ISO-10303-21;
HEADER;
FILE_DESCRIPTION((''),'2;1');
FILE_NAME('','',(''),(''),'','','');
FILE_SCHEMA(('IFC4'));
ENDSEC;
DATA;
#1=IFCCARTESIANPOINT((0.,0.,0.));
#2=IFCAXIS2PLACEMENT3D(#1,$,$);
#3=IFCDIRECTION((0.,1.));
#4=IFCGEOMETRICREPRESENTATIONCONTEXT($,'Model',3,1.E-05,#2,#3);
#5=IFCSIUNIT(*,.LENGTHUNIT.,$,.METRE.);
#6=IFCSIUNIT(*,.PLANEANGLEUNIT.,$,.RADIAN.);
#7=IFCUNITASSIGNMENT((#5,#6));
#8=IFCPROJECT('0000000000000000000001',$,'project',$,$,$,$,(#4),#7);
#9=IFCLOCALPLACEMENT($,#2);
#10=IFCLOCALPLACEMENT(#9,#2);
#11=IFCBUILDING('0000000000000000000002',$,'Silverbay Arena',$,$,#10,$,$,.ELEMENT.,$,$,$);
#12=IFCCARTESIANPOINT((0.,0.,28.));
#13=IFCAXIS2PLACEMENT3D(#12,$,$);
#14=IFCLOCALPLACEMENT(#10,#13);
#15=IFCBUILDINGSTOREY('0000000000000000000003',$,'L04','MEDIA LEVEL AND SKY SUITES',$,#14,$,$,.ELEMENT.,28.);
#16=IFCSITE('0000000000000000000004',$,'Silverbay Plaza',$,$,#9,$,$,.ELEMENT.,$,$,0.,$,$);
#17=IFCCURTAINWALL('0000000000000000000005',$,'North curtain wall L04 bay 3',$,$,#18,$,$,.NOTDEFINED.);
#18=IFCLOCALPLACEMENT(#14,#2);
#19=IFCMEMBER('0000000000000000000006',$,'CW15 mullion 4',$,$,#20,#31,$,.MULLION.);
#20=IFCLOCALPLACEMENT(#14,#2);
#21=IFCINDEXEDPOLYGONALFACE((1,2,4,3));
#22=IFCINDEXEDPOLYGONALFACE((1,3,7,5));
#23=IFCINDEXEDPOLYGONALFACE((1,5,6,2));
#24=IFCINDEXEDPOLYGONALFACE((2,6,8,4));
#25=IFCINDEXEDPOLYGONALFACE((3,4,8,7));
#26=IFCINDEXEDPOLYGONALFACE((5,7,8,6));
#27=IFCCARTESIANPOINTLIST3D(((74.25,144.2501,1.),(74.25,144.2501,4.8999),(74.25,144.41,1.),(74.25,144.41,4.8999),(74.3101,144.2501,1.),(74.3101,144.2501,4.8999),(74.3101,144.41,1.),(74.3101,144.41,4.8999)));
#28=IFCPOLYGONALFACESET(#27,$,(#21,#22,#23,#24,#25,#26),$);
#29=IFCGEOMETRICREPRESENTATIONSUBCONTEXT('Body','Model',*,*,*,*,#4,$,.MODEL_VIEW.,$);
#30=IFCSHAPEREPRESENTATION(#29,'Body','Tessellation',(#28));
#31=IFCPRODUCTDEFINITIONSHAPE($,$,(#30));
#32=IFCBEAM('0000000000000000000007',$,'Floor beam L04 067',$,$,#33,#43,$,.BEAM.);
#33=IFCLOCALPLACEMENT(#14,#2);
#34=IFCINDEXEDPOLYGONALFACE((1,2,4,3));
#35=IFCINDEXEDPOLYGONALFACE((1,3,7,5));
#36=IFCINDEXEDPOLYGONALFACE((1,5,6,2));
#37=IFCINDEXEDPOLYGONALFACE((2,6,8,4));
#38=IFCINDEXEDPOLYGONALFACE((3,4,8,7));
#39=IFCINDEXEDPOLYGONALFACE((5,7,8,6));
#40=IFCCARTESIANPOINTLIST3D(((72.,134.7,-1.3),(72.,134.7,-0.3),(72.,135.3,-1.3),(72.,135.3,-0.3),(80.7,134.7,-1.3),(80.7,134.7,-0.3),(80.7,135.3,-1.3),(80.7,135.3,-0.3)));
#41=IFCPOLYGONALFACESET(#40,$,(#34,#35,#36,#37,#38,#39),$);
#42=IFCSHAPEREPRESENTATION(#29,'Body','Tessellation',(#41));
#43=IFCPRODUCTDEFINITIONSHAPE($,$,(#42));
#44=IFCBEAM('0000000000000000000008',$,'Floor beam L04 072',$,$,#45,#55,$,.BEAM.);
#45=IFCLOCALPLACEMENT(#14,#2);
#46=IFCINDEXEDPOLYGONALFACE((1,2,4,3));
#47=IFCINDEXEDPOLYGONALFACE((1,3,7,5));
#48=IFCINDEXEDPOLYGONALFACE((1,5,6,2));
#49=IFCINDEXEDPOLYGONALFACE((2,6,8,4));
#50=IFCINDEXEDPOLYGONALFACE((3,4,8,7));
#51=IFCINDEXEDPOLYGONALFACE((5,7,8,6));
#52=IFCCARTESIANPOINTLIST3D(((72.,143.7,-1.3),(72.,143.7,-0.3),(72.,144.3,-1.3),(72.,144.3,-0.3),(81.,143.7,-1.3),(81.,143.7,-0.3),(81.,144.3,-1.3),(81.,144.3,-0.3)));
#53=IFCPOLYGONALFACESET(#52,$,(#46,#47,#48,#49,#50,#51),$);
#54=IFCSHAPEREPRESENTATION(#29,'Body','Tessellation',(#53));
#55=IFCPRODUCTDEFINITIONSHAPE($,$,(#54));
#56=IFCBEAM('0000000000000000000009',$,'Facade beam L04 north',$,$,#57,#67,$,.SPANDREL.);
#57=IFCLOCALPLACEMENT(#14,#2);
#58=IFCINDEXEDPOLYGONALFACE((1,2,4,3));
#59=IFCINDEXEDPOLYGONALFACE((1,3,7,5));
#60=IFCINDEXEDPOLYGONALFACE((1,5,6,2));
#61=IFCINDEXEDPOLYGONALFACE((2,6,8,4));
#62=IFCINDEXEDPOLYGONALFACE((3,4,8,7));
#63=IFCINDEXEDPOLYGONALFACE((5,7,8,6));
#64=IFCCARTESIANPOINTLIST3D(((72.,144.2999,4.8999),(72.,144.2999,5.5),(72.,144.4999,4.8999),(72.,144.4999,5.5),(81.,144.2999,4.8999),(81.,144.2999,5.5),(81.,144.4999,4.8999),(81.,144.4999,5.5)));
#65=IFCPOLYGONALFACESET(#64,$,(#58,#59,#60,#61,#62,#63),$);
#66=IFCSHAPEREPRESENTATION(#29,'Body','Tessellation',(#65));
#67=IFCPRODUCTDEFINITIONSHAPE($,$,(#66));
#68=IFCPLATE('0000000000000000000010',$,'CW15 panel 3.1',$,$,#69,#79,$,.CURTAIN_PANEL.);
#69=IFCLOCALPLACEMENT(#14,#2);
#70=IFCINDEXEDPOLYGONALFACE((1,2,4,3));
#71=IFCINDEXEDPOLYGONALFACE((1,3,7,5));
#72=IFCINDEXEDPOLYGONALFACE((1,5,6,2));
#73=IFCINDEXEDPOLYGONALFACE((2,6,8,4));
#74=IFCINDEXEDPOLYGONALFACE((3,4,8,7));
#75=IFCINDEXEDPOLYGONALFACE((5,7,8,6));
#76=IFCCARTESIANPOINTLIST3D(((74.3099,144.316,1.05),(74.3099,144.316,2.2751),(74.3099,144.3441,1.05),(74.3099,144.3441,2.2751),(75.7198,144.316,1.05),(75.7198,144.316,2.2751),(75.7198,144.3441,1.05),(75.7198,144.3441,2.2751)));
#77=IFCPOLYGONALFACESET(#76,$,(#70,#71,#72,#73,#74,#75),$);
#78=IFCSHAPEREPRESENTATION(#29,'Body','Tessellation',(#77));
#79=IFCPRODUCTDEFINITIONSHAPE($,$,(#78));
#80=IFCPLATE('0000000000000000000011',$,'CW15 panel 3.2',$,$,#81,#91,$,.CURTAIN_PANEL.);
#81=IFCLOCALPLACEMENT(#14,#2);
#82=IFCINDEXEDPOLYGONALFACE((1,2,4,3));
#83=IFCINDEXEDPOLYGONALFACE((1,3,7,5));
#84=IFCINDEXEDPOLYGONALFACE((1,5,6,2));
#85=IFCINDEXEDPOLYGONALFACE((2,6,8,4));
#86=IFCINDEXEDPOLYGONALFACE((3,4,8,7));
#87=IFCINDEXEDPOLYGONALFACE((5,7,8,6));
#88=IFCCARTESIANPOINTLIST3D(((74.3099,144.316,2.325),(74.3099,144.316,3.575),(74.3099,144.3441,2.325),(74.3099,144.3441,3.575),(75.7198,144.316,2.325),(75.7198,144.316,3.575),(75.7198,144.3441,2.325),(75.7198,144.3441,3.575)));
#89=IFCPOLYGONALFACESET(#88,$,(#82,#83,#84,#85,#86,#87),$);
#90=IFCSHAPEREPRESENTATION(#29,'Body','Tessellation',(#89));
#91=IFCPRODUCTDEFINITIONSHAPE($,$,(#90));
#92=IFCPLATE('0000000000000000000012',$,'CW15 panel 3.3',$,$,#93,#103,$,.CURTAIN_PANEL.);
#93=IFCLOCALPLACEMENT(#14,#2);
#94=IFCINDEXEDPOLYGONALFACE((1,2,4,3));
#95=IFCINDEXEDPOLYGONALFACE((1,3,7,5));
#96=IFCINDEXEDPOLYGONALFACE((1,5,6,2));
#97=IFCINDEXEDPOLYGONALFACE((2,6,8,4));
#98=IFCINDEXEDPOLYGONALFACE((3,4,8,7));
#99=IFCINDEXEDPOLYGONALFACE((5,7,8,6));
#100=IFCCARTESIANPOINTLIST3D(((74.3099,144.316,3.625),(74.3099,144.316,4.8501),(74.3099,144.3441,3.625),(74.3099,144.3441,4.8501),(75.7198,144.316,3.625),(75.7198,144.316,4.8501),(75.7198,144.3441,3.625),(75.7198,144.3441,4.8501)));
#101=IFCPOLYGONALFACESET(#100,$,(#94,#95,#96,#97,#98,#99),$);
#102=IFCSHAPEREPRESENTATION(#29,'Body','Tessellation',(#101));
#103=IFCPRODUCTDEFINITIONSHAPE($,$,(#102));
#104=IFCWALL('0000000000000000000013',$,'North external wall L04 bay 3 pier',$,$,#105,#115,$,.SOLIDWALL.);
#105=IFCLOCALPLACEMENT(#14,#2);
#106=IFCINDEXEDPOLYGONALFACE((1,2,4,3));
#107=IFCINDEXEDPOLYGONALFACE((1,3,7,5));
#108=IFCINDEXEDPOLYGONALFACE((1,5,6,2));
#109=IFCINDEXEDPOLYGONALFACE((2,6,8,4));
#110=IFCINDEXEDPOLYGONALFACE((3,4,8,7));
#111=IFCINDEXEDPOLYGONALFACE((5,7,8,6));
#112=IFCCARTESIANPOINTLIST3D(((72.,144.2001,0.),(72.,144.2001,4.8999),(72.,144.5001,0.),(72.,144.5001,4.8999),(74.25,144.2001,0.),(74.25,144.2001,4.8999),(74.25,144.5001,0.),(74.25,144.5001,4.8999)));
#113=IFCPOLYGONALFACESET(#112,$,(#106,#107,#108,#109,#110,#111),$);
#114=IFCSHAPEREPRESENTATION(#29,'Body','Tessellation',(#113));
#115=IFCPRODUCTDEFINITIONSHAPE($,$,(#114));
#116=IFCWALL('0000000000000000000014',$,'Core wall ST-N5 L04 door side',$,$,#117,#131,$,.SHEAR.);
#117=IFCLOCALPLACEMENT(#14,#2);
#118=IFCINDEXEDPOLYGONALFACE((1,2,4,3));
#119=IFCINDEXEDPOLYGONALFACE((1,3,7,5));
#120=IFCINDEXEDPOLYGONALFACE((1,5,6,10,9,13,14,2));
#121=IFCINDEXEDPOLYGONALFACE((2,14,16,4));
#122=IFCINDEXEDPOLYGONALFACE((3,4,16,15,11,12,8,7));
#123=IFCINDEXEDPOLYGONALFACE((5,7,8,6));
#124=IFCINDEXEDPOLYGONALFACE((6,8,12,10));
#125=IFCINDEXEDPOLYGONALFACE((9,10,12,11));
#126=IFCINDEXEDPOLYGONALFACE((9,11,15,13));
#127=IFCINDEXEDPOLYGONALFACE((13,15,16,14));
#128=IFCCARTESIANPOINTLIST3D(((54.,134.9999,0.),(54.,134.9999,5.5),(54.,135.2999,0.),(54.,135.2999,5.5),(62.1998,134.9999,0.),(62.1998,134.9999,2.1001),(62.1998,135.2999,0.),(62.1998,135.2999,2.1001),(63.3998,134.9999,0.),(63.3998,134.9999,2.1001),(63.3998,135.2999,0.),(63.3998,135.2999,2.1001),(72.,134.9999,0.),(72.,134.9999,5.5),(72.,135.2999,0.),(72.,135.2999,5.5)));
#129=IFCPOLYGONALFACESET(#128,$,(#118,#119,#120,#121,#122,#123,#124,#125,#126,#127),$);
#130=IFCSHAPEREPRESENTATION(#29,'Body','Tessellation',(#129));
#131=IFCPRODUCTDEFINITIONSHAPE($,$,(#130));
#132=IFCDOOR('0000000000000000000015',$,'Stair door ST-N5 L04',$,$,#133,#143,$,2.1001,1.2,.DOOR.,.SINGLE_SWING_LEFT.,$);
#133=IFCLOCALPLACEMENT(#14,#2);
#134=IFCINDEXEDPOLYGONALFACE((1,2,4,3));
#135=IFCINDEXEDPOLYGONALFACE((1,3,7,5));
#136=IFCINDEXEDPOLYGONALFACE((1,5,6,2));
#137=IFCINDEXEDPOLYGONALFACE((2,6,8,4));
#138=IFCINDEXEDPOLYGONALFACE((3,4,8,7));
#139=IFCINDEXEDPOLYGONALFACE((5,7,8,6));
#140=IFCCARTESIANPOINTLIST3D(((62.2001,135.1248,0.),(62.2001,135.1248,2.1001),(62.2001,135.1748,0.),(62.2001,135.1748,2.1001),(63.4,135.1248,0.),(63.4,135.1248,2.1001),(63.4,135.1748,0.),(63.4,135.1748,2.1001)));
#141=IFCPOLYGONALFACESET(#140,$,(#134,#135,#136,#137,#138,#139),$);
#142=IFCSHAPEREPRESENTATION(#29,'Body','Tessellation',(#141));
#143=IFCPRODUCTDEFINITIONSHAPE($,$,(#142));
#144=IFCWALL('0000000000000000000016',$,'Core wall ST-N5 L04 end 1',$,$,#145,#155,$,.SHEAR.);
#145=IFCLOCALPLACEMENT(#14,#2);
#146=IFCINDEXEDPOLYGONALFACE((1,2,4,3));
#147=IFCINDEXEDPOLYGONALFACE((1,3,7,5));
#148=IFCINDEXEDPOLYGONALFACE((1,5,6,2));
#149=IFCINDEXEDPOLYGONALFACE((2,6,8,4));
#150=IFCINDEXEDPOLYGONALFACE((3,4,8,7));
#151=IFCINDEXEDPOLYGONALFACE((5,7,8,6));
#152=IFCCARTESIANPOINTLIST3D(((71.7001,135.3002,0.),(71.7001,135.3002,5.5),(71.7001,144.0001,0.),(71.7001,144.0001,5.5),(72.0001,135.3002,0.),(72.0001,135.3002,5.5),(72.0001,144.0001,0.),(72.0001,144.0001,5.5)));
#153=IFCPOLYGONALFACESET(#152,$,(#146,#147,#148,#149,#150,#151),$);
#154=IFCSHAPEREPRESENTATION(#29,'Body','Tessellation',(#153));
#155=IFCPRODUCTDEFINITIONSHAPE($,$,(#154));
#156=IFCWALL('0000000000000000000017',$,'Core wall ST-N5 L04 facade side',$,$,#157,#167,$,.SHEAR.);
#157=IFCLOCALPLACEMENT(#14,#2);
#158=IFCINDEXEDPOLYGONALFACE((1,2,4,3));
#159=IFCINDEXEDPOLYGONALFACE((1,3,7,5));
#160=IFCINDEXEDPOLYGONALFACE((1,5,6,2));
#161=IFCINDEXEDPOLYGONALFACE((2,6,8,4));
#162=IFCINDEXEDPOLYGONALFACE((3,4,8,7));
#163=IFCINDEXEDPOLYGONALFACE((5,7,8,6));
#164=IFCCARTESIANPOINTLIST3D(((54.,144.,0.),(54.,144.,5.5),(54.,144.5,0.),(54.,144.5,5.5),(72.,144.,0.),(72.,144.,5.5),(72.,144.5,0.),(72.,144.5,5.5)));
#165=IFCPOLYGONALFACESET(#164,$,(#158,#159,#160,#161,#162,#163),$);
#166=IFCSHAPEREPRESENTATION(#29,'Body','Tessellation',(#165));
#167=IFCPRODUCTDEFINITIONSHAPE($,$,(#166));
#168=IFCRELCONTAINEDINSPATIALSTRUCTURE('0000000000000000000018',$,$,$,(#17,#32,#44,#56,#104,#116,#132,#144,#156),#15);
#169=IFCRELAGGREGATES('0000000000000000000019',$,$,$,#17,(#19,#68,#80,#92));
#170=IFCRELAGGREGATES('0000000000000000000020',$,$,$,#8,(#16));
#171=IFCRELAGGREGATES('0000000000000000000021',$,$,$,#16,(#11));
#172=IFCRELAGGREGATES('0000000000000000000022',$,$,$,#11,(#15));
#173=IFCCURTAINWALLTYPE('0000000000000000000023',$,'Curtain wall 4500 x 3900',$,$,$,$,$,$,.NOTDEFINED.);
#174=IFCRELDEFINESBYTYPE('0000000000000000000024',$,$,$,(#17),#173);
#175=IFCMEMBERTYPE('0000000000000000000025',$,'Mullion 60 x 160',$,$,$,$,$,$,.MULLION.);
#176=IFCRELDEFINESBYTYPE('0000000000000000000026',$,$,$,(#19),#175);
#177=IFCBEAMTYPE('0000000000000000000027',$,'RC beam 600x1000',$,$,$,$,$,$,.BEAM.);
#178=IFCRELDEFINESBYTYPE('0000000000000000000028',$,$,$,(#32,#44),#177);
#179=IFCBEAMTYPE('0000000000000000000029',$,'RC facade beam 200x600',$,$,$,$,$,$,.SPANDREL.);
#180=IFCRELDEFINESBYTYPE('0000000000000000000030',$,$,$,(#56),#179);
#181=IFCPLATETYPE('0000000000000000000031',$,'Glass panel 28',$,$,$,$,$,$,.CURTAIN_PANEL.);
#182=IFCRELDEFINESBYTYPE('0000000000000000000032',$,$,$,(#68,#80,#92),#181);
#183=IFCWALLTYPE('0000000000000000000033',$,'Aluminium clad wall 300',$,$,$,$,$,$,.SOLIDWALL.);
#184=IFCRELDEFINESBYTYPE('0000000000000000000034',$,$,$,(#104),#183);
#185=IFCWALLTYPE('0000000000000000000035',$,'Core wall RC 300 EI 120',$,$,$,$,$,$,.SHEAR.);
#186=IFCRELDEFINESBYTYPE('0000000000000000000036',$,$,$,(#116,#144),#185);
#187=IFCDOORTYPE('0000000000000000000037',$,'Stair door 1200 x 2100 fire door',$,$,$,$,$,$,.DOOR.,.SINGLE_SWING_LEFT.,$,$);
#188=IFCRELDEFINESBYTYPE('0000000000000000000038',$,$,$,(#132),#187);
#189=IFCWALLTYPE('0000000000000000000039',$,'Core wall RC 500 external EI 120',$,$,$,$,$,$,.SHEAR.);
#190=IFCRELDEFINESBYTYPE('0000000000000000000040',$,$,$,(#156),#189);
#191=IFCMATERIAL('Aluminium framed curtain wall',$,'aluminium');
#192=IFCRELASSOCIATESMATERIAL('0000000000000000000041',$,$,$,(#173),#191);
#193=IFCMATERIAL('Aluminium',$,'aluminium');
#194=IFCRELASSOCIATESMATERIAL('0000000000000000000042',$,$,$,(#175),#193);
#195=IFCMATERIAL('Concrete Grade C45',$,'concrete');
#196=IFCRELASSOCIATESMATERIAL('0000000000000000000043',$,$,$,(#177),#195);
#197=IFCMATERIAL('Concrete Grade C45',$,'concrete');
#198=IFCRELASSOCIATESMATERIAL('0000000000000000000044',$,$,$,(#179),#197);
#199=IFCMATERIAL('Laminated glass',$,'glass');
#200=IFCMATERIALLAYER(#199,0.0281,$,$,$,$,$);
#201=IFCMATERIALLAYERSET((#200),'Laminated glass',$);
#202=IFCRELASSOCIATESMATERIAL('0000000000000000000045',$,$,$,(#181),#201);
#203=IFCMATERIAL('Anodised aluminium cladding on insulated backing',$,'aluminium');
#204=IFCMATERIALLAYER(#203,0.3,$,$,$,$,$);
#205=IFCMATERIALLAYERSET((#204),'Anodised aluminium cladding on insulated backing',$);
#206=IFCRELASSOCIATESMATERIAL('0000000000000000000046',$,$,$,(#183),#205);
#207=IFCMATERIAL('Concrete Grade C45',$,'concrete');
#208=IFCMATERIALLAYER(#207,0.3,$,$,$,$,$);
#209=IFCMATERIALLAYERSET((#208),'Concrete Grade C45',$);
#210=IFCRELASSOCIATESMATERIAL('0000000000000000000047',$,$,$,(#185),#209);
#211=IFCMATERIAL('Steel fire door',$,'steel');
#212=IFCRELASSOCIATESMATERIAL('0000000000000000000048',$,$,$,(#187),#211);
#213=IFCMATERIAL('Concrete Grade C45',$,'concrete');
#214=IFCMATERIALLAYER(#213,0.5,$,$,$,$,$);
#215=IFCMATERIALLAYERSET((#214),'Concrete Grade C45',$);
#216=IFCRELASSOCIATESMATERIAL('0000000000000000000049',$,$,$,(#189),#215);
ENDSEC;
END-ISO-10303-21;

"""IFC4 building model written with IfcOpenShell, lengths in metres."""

from ifc_helpers import new_model, si_unit, direction, frame, frame_2d, origin, origin_2d, place, context, subcontext, project, spatial, rectangle, extrude, material, layer, layer_set, material_profile, profile_set, type_object, element, fill, aggregate, save


model = new_model("IFC4")

# Units and contexts
model_context = context("Model", 3, precision=1e-05, world=origin(), true_north=direction((0.0, 1.0)))
body_context = subcontext(model_context, "Body", "Model", "MODEL_VIEW")
ifc_project = project(units=[si_unit("LENGTHUNIT", "METRE"), si_unit("PLANEANGLEUNIT", "RADIAN")], contexts=[model_context])

# Site, building, storey
site_placement = place(None, origin())
site = spatial("IfcSite", under=ifc_project, at=site_placement, Name="Silverbay Plaza", CompositionType="ELEMENT", RefElevation=0.0)
building_placement = place(site_placement, origin())
building = spatial("IfcBuilding", under=site, at=building_placement, Name="Silverbay Arena", CompositionType="ELEMENT")
storey_placement = place(building_placement, frame((0.0, 0.0, 28.0)))
storey = spatial("IfcBuildingStorey", under=building, at=storey_placement, Name="L04", Description="MEDIA LEVEL AND SKY SUITES", CompositionType="ELEMENT", Elevation=28.0)

# Curtain wall, member
ifc_material_1 = material(Name="Aluminium framed curtain wall", Category="aluminium")
curtain_wall_type = type_object("IfcCurtainWallType", Name="Curtain wall 4500 x 3900", PredefinedType="NOTDEFINED", material=ifc_material_1)
curtain_wall_placement = place(storey_placement, origin())
curtain_wall = element("IfcCurtainWall", 1, at=curtain_wall_placement, inside=storey, type_object=curtain_wall_type, Name="North curtain wall L04 bay 3", PredefinedType="NOTDEFINED")
ifc_material_2 = material(Name="Aluminium", Category="aluminium")
ifc_material_profile_1 = material_profile(ifc_material_2, rectangle(XDim=0.1599, YDim=0.0601, at=origin_2d()), Name="Mullion 60 x 160")
ifc_profile_set_1 = profile_set([ifc_material_profile_1], Name="Aluminium")
member_type = type_object("IfcMemberType", Name="Mullion 60 x 160", PredefinedType="MULLION", material=ifc_profile_set_1)
member_placement = place(storey_placement, frame((74.28, 144.3301, 1.0), z_axis=(0.0, 0.0, 1.0), x_axis=(0.0, -1.0, 0.0)))
member = element("IfcMember", 2, at=member_placement, type_object=member_type, Name="CW15 mullion 4", PredefinedType="MULLION", context=body_context, shape_type="SweptSolid", body=[
    extrude(rectangle(XDim=0.1599, YDim=0.0601, at=origin_2d()), origin(), (0.0, 0.0, 1.0), 3.8999),
])

# Beams
ifc_material_3 = material(Name="Concrete Grade C45", Category="concrete")
ifc_material_profile_2 = material_profile(ifc_material_3, rectangle(XDim=0.6001, YDim=1.0, at=origin_2d()), Name="RC 600x1000")
ifc_profile_set_2 = profile_set([ifc_material_profile_2], Name="Concrete Grade C45")
beam_type_1 = type_object("IfcBeamType", Name="RC beam 600x1000", PredefinedType="BEAM", material=ifc_profile_set_2)
beam_1_placement = place(storey_placement, frame((72.0, 135.0, -0.8), z_axis=(1.0, 0.0, 0.0), x_axis=(0.0, 1.0, 0.0)))
element("IfcBeam", 3, at=beam_1_placement, inside=storey, type_object=beam_type_1, Name="Floor beam L04 067", PredefinedType="BEAM", context=body_context, shape_type="SweptSolid", body=[
    extrude(rectangle(XDim=0.6001, YDim=1.0, at=origin_2d()), origin(), (0.0, 0.0, 1.0), 8.7),
])
beam_2_placement = place(storey_placement, frame((72.0, 144.0, -0.8), z_axis=(1.0, 0.0, 0.0), x_axis=(0.0, 1.0, 0.0)))
element("IfcBeam", 4, at=beam_2_placement, inside=storey, type_object=beam_type_1, Name="Floor beam L04 072", PredefinedType="BEAM", context=body_context, shape_type="SweptSolid", body=[
    extrude(rectangle(XDim=0.6001, YDim=1.0, at=origin_2d()), origin(), (0.0, 0.0, 1.0), 9.0),
])
ifc_material_4 = material(Name="Concrete Grade C45", Category="concrete")
ifc_material_profile_3 = material_profile(ifc_material_4, rectangle(XDim=0.2, YDim=0.6001, at=origin_2d()), Name="RC 200x600")
ifc_profile_set_3 = profile_set([ifc_material_profile_3], Name="Concrete Grade C45")
beam_type_2 = type_object("IfcBeamType", Name="RC facade beam 200x600", PredefinedType="SPANDREL", material=ifc_profile_set_3)
beam_3_placement = place(storey_placement, frame((72.0, 144.3999, 5.2), z_axis=(1.0, 0.0, 0.0), x_axis=(0.0, 1.0, 0.0)))
element("IfcBeam", 5, at=beam_3_placement, inside=storey, type_object=beam_type_2, Name="Facade beam L04 north", PredefinedType="SPANDREL", context=body_context, shape_type="SweptSolid", body=[
    extrude(rectangle(XDim=0.2, YDim=0.6001, at=origin_2d()), origin(), (0.0, 0.0, 1.0), 9.0),
])

# Plates
ifc_material_5 = material(Name="Laminated glass", Category="glass")
ifc_layer_1 = layer(ifc_material_5, 0.0281)
ifc_layer_set_1 = layer_set([ifc_layer_1], Name="Laminated glass")
plate_type = type_object("IfcPlateType", Name="Glass panel 28", PredefinedType="CURTAIN_PANEL", material=ifc_layer_set_1)
plate_1_placement = place(storey_placement, frame((75.0149, 144.3301, 1.05), z_axis=(0.0, 0.0, 1.0), x_axis=(-1.0, 0.0, 0.0)))
plate_1 = element("IfcPlate", 6, at=plate_1_placement, type_object=plate_type, Name="CW15 panel 3.1", PredefinedType="CURTAIN_PANEL", context=body_context, shape_type="SweptSolid", body=[
    extrude(rectangle(XDim=1.4099, YDim=0.0281, at=origin_2d()), origin(), (0.0, 0.0, 1.0), 1.2251),
])
plate_2_placement = place(storey_placement, frame((75.0149, 144.3301, 2.325), z_axis=(0.0, 0.0, 1.0), x_axis=(-1.0, 0.0, 0.0)))
plate_2 = element("IfcPlate", 7, at=plate_2_placement, type_object=plate_type, Name="CW15 panel 3.2", PredefinedType="CURTAIN_PANEL", context=body_context, shape_type="SweptSolid", body=[
    extrude(rectangle(XDim=1.4099, YDim=0.0281, at=origin_2d()), origin(), (0.0, 0.0, 1.0), 1.25),
])
plate_3_placement = place(storey_placement, frame((75.0149, 144.3301, 3.625), z_axis=(0.0, 0.0, 1.0), x_axis=(-1.0, 0.0, 0.0)))
plate_3 = element("IfcPlate", 8, at=plate_3_placement, type_object=plate_type, Name="CW15 panel 3.3", PredefinedType="CURTAIN_PANEL", context=body_context, shape_type="SweptSolid", body=[
    extrude(rectangle(XDim=1.4099, YDim=0.0281, at=origin_2d()), origin(), (0.0, 0.0, 1.0), 1.2251),
])
aggregate(curtain_wall, [member, plate_1, plate_2, plate_3])

# Wall
ifc_material_6 = material(Name="Anodised aluminium cladding on insulated backing", Category="aluminium")
ifc_layer_2 = layer(ifc_material_6, 0.3)
ifc_layer_set_2 = layer_set([ifc_layer_2], Name="Anodised aluminium cladding on insulated backing")
wall_type_1 = type_object("IfcWallType", Name="Aluminium clad wall 300", PredefinedType="SOLIDWALL", material=ifc_layer_set_2)
wall_1_placement = place(storey_placement, frame((74.25, 144.3501, 0.0), z_axis=(0.0, 0.0, 1.0), x_axis=(-1.0, 0.0, 0.0)))
element("IfcWall", 9, at=wall_1_placement, inside=storey, type_object=wall_type_1, Name="North external wall L04 bay 3 pier", PredefinedType="SOLIDWALL", context=body_context, shape_type="SweptSolid", body=[
    extrude(rectangle(XDim=2.25, YDim=0.3, at=frame_2d((1.125, 0.0))), origin(), (0.0, 0.0, 1.0), 4.8999),
])

# Wall, opening, door
ifc_material_7 = material(Name="Concrete Grade C45", Category="concrete")
ifc_layer_3 = layer(ifc_material_7, 0.3)
ifc_layer_set_3 = layer_set([ifc_layer_3], Name="Concrete Grade C45")
wall_type_2 = type_object("IfcWallType", Name="Core wall RC 300 EI 120", PredefinedType="SHEAR", material=ifc_layer_set_3)
wall_2_placement = place(storey_placement, frame((72.0, 135.1499, 0.0), z_axis=(0.0, 0.0, 1.0), x_axis=(-1.0, 0.0, 0.0)))
wall_2 = element("IfcWall", 10, at=wall_2_placement, inside=storey, type_object=wall_type_2, Name="Core wall ST-N5 L04 door side", PredefinedType="SHEAR", context=body_context, shape_type="SweptSolid", body=[
    extrude(rectangle(XDim=18.0, YDim=0.3, at=frame_2d((9.0, 0.0))), origin(), (0.0, 0.0, 1.0), 5.5),
])
opening_1_placement = place(wall_2_placement, frame((8.6001, 0.0, 0.0)))
opening_1 = element("IfcOpeningElement", 11, at=opening_1_placement, cuts=wall_2, PredefinedType="OPENING", context=body_context, shape_type="SweptSolid", body=[
    extrude(rectangle(XDim=1.2, YDim=2.1001, at=frame_2d((0.6001, 1.05))), frame((0.0, 0.1602, 0.0), z_axis=(0.0, -1.0, 0.0), x_axis=(1.0, 0.0, 0.0)), (0.0, 0.0, 1.0), 0.3201),
])
ifc_material_8 = material(Name="Steel fire door", Category="steel")
door_type_1 = type_object("IfcDoorType", Name="Stair door 1200 x 2100 fire door", OperationType="SINGLE_SWING_LEFT", PredefinedType="DOOR", material=ifc_material_8)
door_1_placement = place(opening_1_placement, frame((1.2, 0.0, 0.0), z_axis=(0.0, 0.0, 1.0), x_axis=(-1.0, 0.0, 0.0)))
door_1 = element("IfcDoor", 12, at=door_1_placement, inside=storey, type_object=door_type_1, Name="Stair door ST-N5 L04", OperationType="SINGLE_SWING_LEFT", OverallHeight=2.1001, OverallWidth=1.2, PredefinedType="DOOR", context=body_context, shape_type="SweptSolid", body=[
    extrude(rectangle(XDim=1.2, YDim=2.1001, at=frame_2d((0.6001, 1.05))), frame((0.0, 0.0249, 0.0), z_axis=(0.0, -1.0, 0.0), x_axis=(1.0, 0.0, 0.0)), (0.0, 0.0, 1.0), 0.05),
])
fill(opening_1, door_1)

# Walls
wall_3_placement = place(storey_placement, frame((71.8501, 135.3, 0.0), z_axis=(0.0, 0.0, 1.0), x_axis=(0.0, 1.0, 0.0)))
element("IfcWall", 13, at=wall_3_placement, inside=storey, type_object=wall_type_2, Name="Core wall ST-N5 L04 end 1", PredefinedType="SHEAR", context=body_context, shape_type="SweptSolid", body=[
    extrude(rectangle(XDim=8.7, YDim=0.3, at=frame_2d((4.3501, 0.0))), origin(), (0.0, 0.0, 1.0), 5.5),
])
ifc_material_9 = material(Name="Concrete Grade C45", Category="concrete")
ifc_layer_4 = layer(ifc_material_9, 0.5)
ifc_layer_set_4 = layer_set([ifc_layer_4], Name="Concrete Grade C45")
wall_type_3 = type_object("IfcWallType", Name="Core wall RC 500 external EI 120", PredefinedType="SHEAR", material=ifc_layer_set_4)
wall_4_placement = place(storey_placement, frame((72.0, 144.25, 0.0), z_axis=(0.0, 0.0, 1.0), x_axis=(-1.0, 0.0, 0.0)))
element("IfcWall", 14, at=wall_4_placement, inside=storey, type_object=wall_type_3, Name="Core wall ST-N5 L04 facade side", PredefinedType="SHEAR", context=body_context, shape_type="SweptSolid", body=[
    extrude(rectangle(XDim=18.0, YDim=0.5, at=frame_2d((9.0, 0.0))), origin(), (0.0, 0.0, 1.0), 5.5),
])

save(model, "model.ifc")
